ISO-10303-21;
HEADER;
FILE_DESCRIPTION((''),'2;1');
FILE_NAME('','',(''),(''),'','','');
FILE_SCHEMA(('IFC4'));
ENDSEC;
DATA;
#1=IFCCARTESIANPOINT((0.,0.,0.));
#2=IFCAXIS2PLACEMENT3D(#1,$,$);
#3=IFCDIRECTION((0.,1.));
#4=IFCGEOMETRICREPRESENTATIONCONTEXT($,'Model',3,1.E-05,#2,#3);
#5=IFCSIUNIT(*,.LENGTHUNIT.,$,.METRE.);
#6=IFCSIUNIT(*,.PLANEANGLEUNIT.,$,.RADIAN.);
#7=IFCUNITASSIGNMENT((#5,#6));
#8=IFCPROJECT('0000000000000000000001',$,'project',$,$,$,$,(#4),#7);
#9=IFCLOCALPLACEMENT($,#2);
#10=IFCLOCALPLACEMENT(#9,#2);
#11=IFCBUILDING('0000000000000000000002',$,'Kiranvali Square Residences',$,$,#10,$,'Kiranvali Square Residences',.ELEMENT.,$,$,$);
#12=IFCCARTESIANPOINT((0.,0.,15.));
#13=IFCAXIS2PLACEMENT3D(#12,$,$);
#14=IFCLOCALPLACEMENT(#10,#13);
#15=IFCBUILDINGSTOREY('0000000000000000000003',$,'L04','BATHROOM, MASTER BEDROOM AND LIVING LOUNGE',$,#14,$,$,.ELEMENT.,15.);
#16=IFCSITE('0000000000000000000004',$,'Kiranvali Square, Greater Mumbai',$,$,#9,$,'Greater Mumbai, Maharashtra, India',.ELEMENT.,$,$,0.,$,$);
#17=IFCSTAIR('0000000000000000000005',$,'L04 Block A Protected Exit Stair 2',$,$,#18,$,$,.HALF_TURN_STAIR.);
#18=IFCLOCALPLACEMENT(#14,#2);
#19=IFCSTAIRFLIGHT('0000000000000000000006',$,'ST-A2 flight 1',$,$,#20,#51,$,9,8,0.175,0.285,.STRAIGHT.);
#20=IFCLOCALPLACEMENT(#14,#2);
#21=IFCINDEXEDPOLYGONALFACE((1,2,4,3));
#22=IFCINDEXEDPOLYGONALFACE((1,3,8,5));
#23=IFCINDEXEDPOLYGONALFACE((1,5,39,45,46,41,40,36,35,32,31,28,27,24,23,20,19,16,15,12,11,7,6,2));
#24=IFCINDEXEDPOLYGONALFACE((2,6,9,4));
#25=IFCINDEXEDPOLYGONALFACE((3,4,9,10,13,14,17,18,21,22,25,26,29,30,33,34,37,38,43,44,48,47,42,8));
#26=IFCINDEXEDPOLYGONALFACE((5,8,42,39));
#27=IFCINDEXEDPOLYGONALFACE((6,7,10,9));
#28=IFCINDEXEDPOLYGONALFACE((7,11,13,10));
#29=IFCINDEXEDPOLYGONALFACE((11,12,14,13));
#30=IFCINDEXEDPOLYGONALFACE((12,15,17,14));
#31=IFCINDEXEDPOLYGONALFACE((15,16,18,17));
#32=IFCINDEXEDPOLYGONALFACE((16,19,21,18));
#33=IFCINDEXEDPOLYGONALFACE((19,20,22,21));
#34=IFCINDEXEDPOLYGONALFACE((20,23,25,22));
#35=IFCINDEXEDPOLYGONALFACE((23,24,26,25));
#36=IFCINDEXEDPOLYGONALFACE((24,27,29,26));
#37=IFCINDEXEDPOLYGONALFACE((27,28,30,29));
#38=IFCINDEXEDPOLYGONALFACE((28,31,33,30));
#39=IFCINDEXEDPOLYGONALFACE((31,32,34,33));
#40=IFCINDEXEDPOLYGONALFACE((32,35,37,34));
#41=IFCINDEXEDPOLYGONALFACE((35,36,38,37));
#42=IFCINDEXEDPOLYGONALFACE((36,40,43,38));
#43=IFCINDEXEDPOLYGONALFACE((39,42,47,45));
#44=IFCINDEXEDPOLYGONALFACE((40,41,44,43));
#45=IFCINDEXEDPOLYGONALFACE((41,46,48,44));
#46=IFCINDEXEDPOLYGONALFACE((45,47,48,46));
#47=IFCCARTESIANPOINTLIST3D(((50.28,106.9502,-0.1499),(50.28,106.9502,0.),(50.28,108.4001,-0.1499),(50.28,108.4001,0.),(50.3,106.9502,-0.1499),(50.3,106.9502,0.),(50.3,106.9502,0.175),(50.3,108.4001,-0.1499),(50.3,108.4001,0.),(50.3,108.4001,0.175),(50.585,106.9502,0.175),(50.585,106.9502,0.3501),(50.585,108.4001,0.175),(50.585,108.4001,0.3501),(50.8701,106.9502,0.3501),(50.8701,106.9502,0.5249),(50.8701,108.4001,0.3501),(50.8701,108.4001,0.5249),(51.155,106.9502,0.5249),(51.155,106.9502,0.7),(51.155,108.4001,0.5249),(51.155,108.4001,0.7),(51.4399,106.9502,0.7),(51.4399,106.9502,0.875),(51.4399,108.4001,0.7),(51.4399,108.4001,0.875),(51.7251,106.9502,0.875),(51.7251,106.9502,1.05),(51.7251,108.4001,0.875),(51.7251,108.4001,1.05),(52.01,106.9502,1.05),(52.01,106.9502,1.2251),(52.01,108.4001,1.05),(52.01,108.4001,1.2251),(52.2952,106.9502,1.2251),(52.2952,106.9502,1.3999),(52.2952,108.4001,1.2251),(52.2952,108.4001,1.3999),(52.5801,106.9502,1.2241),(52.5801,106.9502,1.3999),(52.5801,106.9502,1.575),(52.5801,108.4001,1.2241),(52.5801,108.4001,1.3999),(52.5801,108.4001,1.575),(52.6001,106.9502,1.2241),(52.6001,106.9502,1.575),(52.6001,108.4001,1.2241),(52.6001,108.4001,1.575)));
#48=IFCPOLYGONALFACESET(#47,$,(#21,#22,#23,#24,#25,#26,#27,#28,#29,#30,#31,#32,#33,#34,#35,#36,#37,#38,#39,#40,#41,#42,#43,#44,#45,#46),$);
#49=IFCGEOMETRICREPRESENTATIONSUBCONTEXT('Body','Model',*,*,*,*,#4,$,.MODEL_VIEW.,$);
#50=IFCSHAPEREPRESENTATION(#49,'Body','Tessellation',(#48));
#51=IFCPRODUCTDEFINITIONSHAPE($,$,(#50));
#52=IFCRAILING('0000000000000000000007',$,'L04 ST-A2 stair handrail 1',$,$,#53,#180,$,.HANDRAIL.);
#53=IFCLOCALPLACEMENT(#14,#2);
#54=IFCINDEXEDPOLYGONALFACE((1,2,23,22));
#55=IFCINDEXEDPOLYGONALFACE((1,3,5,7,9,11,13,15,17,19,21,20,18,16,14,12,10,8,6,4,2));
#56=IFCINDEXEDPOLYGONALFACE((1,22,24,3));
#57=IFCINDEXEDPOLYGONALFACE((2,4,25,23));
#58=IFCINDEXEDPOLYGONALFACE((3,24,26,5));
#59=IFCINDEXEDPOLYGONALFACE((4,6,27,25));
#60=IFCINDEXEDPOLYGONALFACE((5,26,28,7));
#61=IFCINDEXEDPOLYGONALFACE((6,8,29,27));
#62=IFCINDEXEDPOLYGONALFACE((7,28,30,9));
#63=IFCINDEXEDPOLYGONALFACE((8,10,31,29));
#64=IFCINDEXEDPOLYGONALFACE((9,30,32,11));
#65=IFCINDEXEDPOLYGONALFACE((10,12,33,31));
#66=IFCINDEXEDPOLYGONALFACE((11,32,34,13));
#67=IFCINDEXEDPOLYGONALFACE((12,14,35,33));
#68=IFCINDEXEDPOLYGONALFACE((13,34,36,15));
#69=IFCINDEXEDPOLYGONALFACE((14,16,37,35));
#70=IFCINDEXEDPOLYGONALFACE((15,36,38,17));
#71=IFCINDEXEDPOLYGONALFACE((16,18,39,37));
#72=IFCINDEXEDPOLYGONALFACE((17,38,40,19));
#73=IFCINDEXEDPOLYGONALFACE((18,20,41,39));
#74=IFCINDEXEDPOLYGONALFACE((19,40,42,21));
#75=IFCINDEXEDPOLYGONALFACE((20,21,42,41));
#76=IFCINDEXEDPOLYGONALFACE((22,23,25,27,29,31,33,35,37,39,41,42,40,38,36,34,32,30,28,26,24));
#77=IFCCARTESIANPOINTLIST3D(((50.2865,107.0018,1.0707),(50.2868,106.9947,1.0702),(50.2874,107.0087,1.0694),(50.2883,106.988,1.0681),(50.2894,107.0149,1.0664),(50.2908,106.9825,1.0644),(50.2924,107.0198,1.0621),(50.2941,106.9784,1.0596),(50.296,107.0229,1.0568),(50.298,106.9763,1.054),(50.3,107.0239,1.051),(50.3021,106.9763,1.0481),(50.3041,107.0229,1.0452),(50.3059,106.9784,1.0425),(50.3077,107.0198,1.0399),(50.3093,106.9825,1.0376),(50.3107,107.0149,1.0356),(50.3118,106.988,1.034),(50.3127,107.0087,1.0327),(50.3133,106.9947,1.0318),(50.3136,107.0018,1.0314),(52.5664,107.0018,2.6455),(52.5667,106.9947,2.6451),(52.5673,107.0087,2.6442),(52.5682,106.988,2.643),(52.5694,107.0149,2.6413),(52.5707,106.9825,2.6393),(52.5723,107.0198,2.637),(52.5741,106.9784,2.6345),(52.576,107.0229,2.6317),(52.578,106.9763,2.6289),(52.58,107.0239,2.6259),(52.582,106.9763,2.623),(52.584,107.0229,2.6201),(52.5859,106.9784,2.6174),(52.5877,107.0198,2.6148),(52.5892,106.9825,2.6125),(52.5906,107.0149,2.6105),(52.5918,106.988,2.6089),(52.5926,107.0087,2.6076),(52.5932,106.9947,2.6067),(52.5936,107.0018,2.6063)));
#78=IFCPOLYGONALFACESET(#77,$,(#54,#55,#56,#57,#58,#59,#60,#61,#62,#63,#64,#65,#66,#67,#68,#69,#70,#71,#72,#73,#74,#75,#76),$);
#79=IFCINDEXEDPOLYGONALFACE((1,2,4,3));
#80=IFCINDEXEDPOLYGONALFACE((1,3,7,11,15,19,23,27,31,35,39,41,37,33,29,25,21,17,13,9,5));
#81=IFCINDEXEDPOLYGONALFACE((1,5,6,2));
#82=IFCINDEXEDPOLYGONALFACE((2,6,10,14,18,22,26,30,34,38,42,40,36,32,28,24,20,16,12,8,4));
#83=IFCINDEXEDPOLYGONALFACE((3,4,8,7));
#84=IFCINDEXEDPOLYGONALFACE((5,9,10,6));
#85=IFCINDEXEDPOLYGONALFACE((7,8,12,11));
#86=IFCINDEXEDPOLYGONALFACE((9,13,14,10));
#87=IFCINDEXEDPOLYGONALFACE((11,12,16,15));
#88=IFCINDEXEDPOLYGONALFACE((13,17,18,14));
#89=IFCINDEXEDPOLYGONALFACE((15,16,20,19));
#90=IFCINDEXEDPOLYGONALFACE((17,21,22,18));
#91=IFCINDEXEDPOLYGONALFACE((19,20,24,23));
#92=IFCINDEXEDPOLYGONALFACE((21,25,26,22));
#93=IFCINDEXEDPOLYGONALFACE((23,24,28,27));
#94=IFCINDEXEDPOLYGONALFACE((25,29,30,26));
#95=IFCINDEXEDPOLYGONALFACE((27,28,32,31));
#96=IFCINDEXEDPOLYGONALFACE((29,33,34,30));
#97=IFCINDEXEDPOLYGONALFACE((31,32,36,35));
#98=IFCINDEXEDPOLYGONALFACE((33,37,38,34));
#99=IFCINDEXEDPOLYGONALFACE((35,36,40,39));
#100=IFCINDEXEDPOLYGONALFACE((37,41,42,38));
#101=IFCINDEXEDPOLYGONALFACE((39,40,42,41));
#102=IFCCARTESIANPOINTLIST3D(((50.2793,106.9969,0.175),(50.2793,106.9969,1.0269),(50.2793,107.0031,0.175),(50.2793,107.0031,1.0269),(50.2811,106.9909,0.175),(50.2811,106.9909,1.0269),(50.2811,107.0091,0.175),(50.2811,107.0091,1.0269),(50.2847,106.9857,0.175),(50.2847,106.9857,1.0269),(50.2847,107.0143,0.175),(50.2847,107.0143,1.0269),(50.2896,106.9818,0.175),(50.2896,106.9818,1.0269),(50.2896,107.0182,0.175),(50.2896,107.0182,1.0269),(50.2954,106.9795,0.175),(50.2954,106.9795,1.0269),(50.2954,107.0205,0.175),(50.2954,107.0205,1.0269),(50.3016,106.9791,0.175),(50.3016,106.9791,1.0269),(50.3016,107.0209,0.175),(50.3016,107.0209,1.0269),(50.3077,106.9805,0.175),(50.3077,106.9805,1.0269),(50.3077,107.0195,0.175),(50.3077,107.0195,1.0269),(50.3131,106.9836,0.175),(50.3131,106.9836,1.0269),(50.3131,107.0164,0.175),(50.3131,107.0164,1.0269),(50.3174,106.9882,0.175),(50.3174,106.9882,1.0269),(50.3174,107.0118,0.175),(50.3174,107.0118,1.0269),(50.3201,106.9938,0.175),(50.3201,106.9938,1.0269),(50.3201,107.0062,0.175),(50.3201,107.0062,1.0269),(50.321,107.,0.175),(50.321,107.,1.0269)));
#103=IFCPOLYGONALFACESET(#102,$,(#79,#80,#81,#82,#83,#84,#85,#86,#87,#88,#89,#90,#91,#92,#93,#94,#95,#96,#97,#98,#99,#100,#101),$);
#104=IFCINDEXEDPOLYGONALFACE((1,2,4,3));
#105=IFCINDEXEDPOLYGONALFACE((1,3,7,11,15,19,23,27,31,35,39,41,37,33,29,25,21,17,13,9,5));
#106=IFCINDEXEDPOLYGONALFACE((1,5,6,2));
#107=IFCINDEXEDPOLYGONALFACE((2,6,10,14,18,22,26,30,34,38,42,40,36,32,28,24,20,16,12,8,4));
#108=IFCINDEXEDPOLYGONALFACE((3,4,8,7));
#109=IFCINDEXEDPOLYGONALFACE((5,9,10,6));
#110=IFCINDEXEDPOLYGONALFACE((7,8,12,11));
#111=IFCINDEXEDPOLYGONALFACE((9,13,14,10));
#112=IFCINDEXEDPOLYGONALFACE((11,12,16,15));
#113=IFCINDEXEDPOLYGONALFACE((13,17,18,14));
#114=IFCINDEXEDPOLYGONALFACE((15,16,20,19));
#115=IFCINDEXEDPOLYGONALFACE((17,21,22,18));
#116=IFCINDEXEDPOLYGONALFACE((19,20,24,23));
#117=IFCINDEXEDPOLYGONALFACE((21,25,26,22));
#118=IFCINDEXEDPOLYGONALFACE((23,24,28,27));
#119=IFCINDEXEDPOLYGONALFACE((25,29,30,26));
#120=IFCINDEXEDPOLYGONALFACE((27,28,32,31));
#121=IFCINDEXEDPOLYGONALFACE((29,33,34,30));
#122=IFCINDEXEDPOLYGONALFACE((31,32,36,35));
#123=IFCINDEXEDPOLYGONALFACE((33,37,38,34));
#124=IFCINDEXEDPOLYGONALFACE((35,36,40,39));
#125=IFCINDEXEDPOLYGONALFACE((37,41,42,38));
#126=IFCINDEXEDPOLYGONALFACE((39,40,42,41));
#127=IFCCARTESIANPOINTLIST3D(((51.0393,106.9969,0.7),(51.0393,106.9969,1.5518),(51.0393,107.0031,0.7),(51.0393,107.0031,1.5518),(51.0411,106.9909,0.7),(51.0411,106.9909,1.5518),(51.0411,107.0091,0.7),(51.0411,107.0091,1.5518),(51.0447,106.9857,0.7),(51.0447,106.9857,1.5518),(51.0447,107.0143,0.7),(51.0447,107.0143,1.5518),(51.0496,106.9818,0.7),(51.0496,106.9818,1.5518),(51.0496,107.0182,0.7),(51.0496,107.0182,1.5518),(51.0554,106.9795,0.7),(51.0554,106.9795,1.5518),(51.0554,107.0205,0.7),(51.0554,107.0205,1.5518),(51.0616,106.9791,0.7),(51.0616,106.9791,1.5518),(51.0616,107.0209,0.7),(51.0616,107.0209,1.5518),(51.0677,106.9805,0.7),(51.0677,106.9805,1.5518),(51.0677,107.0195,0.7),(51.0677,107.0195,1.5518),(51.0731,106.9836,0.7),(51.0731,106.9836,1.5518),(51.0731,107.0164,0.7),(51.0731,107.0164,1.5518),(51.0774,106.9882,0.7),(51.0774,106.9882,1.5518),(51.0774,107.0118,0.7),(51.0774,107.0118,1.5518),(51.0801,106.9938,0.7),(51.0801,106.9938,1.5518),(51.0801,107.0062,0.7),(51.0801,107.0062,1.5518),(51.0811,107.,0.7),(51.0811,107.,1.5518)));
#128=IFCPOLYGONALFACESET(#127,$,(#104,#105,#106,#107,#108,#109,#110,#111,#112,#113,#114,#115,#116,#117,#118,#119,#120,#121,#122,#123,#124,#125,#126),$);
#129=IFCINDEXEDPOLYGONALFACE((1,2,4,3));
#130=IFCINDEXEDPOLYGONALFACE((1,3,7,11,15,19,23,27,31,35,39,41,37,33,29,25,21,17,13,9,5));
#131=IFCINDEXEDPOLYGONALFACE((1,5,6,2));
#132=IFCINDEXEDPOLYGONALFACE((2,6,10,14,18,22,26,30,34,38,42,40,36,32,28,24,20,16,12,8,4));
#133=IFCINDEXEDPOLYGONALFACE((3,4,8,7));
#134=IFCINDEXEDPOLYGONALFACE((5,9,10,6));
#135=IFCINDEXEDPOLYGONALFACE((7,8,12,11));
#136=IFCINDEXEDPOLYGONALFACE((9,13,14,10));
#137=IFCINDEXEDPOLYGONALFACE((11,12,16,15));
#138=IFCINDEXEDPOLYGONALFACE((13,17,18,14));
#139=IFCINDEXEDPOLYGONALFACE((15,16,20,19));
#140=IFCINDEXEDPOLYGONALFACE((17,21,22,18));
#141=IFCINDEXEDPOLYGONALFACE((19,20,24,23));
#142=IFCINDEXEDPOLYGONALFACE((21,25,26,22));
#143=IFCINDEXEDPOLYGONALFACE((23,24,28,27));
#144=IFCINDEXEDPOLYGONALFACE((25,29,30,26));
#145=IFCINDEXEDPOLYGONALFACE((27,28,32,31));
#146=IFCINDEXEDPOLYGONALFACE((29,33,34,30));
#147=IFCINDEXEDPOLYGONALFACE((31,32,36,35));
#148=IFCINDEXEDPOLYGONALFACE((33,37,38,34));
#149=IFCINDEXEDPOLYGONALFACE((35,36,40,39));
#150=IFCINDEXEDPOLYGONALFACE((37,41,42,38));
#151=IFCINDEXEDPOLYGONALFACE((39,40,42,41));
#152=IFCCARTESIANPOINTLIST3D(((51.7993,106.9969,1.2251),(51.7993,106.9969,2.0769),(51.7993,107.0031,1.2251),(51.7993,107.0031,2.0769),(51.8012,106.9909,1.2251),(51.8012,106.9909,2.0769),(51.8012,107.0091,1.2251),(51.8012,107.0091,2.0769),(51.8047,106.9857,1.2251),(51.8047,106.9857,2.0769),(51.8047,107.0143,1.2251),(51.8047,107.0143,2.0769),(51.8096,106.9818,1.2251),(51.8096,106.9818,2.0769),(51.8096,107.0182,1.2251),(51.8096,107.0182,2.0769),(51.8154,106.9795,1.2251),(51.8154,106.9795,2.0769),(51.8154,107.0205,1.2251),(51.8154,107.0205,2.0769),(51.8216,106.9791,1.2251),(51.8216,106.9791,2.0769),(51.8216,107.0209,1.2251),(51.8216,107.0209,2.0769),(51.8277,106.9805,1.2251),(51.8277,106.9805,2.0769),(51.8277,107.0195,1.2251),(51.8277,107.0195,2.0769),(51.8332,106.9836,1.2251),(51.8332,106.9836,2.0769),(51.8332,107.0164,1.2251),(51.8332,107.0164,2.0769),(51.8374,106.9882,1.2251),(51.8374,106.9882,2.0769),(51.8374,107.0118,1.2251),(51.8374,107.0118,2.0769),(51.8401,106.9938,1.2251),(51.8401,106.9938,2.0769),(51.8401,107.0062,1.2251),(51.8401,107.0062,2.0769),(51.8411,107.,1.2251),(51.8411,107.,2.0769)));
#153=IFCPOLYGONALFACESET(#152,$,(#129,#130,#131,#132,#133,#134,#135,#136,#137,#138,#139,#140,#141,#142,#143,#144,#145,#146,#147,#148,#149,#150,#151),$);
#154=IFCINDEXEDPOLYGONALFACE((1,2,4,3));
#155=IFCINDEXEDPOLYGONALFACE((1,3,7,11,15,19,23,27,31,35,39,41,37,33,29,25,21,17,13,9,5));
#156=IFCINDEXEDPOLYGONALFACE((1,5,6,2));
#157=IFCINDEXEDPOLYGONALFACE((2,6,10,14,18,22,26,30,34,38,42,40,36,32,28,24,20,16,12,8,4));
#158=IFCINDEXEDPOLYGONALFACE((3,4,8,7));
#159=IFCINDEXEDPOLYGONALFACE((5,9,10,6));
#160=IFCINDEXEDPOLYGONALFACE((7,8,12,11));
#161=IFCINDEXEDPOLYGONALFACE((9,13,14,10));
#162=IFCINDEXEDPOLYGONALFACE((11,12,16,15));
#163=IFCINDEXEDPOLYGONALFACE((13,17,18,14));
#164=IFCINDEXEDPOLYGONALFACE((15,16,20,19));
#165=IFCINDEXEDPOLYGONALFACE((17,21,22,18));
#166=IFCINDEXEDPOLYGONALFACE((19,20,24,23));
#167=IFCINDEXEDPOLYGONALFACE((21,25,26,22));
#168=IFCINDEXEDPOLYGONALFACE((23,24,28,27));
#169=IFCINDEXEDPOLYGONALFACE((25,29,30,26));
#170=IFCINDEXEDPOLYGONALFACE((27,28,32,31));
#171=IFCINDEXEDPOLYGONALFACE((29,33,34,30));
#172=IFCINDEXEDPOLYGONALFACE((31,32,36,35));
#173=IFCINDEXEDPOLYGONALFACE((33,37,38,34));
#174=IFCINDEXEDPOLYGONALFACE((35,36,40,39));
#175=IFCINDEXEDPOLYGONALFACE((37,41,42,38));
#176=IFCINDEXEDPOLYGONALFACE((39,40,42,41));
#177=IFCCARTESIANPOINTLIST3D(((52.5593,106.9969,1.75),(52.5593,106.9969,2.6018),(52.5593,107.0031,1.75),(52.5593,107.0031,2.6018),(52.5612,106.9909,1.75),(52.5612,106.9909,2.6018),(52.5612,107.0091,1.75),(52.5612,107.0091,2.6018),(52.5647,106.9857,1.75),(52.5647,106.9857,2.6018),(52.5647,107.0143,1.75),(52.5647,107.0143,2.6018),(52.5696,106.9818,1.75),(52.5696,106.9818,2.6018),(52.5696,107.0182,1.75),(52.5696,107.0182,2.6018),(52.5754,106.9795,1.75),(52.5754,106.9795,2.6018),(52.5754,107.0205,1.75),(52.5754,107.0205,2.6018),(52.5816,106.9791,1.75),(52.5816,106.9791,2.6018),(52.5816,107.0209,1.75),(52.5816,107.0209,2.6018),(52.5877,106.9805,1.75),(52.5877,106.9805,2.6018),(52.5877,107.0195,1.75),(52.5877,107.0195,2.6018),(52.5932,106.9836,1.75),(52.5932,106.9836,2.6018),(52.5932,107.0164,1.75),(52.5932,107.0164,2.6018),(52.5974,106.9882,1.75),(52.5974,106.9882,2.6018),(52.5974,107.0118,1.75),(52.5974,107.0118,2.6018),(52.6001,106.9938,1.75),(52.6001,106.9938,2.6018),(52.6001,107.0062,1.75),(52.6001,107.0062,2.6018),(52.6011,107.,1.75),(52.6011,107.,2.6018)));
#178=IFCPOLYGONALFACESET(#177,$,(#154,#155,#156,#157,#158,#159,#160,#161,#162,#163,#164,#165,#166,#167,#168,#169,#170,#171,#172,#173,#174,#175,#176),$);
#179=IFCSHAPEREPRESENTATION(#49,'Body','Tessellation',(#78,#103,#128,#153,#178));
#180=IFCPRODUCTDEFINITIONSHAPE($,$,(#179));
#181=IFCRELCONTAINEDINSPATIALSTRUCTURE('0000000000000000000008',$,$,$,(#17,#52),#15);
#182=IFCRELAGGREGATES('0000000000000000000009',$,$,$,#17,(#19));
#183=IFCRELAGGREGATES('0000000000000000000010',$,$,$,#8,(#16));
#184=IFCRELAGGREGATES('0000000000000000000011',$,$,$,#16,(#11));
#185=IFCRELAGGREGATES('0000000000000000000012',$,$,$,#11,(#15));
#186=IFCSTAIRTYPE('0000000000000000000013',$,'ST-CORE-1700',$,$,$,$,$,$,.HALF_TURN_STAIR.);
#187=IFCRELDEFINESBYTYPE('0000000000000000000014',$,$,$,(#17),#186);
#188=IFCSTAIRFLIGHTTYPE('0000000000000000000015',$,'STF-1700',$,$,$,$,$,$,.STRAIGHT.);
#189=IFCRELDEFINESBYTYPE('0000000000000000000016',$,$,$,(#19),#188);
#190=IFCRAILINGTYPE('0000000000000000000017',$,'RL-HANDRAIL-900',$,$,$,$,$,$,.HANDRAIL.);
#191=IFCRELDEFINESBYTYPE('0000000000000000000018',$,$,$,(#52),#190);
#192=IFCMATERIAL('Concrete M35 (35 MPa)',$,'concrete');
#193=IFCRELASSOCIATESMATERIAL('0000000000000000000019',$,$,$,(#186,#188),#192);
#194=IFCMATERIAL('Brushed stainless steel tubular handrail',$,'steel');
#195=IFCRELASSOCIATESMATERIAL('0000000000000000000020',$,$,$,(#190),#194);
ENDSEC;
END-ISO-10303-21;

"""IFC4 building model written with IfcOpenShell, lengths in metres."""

from ifc_helpers import new_model, si_unit, direction, frame, origin, origin_2d, place, context, subcontext, project, spatial, polyline, circle, outline, extrude, material, type_object, element, aggregate, save


model = new_model("IFC4")

# Units and contexts
model_context = context("Model", 3, precision=1e-05, world=origin(), true_north=direction((0.0, 1.0)))
body_context = subcontext(model_context, "Body", "Model", "MODEL_VIEW")
ifc_project = project(units=[si_unit("LENGTHUNIT", "METRE"), si_unit("PLANEANGLEUNIT", "RADIAN")], contexts=[model_context])

# Site, building, storey
site_placement = place(None, origin())
site = spatial("IfcSite", under=ifc_project, at=site_placement, Name="Kiranvali Square, Greater Mumbai", LongName="Greater Mumbai, Maharashtra, India", CompositionType="ELEMENT", RefElevation=0.0)
building_placement = place(site_placement, origin())
building = spatial("IfcBuilding", under=site, at=building_placement, Name="Kiranvali Square Residences", LongName="Kiranvali Square Residences", CompositionType="ELEMENT")
storey_placement = place(building_placement, frame((0.0, 0.0, 15.0)))
storey = spatial("IfcBuildingStorey", under=building, at=storey_placement, Name="L04", Description="BATHROOM, MASTER BEDROOM AND LIVING LOUNGE", CompositionType="ELEMENT", Elevation=15.0)

# Stair, stair flight
ifc_material_1 = material(Name="Concrete M35 (35 MPa)", Category="concrete")
stair_type = type_object("IfcStairType", Name="ST-CORE-1700", PredefinedType="HALF_TURN_STAIR", material=ifc_material_1)
stair_placement = place(storey_placement, origin())
stair = element("IfcStair", 1, at=stair_placement, inside=storey, type_object=stair_type, Name="L04 Block A Protected Exit Stair 2", PredefinedType="HALF_TURN_STAIR")
stair_flight_type = type_object("IfcStairFlightType", Name="STF-1700", PredefinedType="STRAIGHT", material=ifc_material_1)
stair_flight_placement = place(storey_placement, frame((50.3, 107.675, 0.0), z_axis=(0.0, 0.0, 1.0), x_axis=(1.0, 0.0, 0.0)))
stair_flight = element("IfcStairFlight", 2, at=stair_flight_placement, type_object=stair_flight_type, Name="ST-A2 flight 1", NumberOfRisers=9, NumberOfTreads=8, PredefinedType="STRAIGHT", RiserHeight=0.175, TreadLength=0.285, context=body_context, shape_type="SweptSolid", body=[
    extrude(outline(polyline([(-0.02, -0.1499), (-0.02, 0.0), (0.0, 0.0), (0.0, 0.175), (0.2849, 0.175), (0.2849, 0.3501), (0.5701, 0.3501), (0.5701, 0.5249), (0.855, 0.5249), (0.855, 0.7), (1.1399, 0.7), (1.1399, 0.875), (1.425, 0.875), (1.425, 1.05), (1.71, 1.05), (1.71, 1.2251), (1.9951, 1.2251), (1.9951, 1.3999), (2.28, 1.3999), (2.28, 1.575), (2.3, 1.575), (2.3, 1.2241), (2.28, 1.2241), (0.0, -0.1499), (-0.02, -0.1499)])), frame((0.0, 0.7251, 0.0), z_axis=(0.0, -1.0, 0.0), x_axis=(1.0, 0.0, 0.0)), (0.0, 0.0, 1.0), 1.45),
])
aggregate(stair, [stair_flight])

# Railing
ifc_material_2 = material(Name="Brushed stainless steel tubular handrail", Category="steel")
railing_type_1 = type_object("IfcRailingType", Name="RL-HANDRAIL-900", PredefinedType="HANDRAIL", material=ifc_material_2)
railing_1_placement = place(storey_placement, frame((50.3, 107.0, 0.175)))
element("IfcRailing", 3, at=railing_1_placement, inside=storey, type_object=railing_type_1, Name="L04 ST-A2 stair handrail 1", PredefinedType="HANDRAIL", context=body_context, shape_type="SweptSolid", body=[
    extrude(circle(Radius=0.0239, at=origin_2d()), frame((0.0, 0.0, 0.876), z_axis=(0.822788, 0.0, 0.568348), x_axis=(0.0, 1.0, 0.0)), (0.0, 0.0, 1.0), 2.771),
    extrude(circle(Radius=0.021, at=origin_2d()), origin(), (0.0, 0.0, 1.0), 0.8518),
    extrude(circle(Radius=0.021, at=origin_2d()), frame((0.76, 0.0, 0.5249)), (0.0, 0.0, 1.0), 0.8518),
    extrude(circle(Radius=0.021, at=origin_2d()), frame((1.52, 0.0, 1.05)), (0.0, 0.0, 1.0), 0.8518),
    extrude(circle(Radius=0.021, at=origin_2d()), frame((2.28, 0.0, 1.575)), (0.0, 0.0, 1.0), 0.8518),
])

save(model, "model.ifc")
